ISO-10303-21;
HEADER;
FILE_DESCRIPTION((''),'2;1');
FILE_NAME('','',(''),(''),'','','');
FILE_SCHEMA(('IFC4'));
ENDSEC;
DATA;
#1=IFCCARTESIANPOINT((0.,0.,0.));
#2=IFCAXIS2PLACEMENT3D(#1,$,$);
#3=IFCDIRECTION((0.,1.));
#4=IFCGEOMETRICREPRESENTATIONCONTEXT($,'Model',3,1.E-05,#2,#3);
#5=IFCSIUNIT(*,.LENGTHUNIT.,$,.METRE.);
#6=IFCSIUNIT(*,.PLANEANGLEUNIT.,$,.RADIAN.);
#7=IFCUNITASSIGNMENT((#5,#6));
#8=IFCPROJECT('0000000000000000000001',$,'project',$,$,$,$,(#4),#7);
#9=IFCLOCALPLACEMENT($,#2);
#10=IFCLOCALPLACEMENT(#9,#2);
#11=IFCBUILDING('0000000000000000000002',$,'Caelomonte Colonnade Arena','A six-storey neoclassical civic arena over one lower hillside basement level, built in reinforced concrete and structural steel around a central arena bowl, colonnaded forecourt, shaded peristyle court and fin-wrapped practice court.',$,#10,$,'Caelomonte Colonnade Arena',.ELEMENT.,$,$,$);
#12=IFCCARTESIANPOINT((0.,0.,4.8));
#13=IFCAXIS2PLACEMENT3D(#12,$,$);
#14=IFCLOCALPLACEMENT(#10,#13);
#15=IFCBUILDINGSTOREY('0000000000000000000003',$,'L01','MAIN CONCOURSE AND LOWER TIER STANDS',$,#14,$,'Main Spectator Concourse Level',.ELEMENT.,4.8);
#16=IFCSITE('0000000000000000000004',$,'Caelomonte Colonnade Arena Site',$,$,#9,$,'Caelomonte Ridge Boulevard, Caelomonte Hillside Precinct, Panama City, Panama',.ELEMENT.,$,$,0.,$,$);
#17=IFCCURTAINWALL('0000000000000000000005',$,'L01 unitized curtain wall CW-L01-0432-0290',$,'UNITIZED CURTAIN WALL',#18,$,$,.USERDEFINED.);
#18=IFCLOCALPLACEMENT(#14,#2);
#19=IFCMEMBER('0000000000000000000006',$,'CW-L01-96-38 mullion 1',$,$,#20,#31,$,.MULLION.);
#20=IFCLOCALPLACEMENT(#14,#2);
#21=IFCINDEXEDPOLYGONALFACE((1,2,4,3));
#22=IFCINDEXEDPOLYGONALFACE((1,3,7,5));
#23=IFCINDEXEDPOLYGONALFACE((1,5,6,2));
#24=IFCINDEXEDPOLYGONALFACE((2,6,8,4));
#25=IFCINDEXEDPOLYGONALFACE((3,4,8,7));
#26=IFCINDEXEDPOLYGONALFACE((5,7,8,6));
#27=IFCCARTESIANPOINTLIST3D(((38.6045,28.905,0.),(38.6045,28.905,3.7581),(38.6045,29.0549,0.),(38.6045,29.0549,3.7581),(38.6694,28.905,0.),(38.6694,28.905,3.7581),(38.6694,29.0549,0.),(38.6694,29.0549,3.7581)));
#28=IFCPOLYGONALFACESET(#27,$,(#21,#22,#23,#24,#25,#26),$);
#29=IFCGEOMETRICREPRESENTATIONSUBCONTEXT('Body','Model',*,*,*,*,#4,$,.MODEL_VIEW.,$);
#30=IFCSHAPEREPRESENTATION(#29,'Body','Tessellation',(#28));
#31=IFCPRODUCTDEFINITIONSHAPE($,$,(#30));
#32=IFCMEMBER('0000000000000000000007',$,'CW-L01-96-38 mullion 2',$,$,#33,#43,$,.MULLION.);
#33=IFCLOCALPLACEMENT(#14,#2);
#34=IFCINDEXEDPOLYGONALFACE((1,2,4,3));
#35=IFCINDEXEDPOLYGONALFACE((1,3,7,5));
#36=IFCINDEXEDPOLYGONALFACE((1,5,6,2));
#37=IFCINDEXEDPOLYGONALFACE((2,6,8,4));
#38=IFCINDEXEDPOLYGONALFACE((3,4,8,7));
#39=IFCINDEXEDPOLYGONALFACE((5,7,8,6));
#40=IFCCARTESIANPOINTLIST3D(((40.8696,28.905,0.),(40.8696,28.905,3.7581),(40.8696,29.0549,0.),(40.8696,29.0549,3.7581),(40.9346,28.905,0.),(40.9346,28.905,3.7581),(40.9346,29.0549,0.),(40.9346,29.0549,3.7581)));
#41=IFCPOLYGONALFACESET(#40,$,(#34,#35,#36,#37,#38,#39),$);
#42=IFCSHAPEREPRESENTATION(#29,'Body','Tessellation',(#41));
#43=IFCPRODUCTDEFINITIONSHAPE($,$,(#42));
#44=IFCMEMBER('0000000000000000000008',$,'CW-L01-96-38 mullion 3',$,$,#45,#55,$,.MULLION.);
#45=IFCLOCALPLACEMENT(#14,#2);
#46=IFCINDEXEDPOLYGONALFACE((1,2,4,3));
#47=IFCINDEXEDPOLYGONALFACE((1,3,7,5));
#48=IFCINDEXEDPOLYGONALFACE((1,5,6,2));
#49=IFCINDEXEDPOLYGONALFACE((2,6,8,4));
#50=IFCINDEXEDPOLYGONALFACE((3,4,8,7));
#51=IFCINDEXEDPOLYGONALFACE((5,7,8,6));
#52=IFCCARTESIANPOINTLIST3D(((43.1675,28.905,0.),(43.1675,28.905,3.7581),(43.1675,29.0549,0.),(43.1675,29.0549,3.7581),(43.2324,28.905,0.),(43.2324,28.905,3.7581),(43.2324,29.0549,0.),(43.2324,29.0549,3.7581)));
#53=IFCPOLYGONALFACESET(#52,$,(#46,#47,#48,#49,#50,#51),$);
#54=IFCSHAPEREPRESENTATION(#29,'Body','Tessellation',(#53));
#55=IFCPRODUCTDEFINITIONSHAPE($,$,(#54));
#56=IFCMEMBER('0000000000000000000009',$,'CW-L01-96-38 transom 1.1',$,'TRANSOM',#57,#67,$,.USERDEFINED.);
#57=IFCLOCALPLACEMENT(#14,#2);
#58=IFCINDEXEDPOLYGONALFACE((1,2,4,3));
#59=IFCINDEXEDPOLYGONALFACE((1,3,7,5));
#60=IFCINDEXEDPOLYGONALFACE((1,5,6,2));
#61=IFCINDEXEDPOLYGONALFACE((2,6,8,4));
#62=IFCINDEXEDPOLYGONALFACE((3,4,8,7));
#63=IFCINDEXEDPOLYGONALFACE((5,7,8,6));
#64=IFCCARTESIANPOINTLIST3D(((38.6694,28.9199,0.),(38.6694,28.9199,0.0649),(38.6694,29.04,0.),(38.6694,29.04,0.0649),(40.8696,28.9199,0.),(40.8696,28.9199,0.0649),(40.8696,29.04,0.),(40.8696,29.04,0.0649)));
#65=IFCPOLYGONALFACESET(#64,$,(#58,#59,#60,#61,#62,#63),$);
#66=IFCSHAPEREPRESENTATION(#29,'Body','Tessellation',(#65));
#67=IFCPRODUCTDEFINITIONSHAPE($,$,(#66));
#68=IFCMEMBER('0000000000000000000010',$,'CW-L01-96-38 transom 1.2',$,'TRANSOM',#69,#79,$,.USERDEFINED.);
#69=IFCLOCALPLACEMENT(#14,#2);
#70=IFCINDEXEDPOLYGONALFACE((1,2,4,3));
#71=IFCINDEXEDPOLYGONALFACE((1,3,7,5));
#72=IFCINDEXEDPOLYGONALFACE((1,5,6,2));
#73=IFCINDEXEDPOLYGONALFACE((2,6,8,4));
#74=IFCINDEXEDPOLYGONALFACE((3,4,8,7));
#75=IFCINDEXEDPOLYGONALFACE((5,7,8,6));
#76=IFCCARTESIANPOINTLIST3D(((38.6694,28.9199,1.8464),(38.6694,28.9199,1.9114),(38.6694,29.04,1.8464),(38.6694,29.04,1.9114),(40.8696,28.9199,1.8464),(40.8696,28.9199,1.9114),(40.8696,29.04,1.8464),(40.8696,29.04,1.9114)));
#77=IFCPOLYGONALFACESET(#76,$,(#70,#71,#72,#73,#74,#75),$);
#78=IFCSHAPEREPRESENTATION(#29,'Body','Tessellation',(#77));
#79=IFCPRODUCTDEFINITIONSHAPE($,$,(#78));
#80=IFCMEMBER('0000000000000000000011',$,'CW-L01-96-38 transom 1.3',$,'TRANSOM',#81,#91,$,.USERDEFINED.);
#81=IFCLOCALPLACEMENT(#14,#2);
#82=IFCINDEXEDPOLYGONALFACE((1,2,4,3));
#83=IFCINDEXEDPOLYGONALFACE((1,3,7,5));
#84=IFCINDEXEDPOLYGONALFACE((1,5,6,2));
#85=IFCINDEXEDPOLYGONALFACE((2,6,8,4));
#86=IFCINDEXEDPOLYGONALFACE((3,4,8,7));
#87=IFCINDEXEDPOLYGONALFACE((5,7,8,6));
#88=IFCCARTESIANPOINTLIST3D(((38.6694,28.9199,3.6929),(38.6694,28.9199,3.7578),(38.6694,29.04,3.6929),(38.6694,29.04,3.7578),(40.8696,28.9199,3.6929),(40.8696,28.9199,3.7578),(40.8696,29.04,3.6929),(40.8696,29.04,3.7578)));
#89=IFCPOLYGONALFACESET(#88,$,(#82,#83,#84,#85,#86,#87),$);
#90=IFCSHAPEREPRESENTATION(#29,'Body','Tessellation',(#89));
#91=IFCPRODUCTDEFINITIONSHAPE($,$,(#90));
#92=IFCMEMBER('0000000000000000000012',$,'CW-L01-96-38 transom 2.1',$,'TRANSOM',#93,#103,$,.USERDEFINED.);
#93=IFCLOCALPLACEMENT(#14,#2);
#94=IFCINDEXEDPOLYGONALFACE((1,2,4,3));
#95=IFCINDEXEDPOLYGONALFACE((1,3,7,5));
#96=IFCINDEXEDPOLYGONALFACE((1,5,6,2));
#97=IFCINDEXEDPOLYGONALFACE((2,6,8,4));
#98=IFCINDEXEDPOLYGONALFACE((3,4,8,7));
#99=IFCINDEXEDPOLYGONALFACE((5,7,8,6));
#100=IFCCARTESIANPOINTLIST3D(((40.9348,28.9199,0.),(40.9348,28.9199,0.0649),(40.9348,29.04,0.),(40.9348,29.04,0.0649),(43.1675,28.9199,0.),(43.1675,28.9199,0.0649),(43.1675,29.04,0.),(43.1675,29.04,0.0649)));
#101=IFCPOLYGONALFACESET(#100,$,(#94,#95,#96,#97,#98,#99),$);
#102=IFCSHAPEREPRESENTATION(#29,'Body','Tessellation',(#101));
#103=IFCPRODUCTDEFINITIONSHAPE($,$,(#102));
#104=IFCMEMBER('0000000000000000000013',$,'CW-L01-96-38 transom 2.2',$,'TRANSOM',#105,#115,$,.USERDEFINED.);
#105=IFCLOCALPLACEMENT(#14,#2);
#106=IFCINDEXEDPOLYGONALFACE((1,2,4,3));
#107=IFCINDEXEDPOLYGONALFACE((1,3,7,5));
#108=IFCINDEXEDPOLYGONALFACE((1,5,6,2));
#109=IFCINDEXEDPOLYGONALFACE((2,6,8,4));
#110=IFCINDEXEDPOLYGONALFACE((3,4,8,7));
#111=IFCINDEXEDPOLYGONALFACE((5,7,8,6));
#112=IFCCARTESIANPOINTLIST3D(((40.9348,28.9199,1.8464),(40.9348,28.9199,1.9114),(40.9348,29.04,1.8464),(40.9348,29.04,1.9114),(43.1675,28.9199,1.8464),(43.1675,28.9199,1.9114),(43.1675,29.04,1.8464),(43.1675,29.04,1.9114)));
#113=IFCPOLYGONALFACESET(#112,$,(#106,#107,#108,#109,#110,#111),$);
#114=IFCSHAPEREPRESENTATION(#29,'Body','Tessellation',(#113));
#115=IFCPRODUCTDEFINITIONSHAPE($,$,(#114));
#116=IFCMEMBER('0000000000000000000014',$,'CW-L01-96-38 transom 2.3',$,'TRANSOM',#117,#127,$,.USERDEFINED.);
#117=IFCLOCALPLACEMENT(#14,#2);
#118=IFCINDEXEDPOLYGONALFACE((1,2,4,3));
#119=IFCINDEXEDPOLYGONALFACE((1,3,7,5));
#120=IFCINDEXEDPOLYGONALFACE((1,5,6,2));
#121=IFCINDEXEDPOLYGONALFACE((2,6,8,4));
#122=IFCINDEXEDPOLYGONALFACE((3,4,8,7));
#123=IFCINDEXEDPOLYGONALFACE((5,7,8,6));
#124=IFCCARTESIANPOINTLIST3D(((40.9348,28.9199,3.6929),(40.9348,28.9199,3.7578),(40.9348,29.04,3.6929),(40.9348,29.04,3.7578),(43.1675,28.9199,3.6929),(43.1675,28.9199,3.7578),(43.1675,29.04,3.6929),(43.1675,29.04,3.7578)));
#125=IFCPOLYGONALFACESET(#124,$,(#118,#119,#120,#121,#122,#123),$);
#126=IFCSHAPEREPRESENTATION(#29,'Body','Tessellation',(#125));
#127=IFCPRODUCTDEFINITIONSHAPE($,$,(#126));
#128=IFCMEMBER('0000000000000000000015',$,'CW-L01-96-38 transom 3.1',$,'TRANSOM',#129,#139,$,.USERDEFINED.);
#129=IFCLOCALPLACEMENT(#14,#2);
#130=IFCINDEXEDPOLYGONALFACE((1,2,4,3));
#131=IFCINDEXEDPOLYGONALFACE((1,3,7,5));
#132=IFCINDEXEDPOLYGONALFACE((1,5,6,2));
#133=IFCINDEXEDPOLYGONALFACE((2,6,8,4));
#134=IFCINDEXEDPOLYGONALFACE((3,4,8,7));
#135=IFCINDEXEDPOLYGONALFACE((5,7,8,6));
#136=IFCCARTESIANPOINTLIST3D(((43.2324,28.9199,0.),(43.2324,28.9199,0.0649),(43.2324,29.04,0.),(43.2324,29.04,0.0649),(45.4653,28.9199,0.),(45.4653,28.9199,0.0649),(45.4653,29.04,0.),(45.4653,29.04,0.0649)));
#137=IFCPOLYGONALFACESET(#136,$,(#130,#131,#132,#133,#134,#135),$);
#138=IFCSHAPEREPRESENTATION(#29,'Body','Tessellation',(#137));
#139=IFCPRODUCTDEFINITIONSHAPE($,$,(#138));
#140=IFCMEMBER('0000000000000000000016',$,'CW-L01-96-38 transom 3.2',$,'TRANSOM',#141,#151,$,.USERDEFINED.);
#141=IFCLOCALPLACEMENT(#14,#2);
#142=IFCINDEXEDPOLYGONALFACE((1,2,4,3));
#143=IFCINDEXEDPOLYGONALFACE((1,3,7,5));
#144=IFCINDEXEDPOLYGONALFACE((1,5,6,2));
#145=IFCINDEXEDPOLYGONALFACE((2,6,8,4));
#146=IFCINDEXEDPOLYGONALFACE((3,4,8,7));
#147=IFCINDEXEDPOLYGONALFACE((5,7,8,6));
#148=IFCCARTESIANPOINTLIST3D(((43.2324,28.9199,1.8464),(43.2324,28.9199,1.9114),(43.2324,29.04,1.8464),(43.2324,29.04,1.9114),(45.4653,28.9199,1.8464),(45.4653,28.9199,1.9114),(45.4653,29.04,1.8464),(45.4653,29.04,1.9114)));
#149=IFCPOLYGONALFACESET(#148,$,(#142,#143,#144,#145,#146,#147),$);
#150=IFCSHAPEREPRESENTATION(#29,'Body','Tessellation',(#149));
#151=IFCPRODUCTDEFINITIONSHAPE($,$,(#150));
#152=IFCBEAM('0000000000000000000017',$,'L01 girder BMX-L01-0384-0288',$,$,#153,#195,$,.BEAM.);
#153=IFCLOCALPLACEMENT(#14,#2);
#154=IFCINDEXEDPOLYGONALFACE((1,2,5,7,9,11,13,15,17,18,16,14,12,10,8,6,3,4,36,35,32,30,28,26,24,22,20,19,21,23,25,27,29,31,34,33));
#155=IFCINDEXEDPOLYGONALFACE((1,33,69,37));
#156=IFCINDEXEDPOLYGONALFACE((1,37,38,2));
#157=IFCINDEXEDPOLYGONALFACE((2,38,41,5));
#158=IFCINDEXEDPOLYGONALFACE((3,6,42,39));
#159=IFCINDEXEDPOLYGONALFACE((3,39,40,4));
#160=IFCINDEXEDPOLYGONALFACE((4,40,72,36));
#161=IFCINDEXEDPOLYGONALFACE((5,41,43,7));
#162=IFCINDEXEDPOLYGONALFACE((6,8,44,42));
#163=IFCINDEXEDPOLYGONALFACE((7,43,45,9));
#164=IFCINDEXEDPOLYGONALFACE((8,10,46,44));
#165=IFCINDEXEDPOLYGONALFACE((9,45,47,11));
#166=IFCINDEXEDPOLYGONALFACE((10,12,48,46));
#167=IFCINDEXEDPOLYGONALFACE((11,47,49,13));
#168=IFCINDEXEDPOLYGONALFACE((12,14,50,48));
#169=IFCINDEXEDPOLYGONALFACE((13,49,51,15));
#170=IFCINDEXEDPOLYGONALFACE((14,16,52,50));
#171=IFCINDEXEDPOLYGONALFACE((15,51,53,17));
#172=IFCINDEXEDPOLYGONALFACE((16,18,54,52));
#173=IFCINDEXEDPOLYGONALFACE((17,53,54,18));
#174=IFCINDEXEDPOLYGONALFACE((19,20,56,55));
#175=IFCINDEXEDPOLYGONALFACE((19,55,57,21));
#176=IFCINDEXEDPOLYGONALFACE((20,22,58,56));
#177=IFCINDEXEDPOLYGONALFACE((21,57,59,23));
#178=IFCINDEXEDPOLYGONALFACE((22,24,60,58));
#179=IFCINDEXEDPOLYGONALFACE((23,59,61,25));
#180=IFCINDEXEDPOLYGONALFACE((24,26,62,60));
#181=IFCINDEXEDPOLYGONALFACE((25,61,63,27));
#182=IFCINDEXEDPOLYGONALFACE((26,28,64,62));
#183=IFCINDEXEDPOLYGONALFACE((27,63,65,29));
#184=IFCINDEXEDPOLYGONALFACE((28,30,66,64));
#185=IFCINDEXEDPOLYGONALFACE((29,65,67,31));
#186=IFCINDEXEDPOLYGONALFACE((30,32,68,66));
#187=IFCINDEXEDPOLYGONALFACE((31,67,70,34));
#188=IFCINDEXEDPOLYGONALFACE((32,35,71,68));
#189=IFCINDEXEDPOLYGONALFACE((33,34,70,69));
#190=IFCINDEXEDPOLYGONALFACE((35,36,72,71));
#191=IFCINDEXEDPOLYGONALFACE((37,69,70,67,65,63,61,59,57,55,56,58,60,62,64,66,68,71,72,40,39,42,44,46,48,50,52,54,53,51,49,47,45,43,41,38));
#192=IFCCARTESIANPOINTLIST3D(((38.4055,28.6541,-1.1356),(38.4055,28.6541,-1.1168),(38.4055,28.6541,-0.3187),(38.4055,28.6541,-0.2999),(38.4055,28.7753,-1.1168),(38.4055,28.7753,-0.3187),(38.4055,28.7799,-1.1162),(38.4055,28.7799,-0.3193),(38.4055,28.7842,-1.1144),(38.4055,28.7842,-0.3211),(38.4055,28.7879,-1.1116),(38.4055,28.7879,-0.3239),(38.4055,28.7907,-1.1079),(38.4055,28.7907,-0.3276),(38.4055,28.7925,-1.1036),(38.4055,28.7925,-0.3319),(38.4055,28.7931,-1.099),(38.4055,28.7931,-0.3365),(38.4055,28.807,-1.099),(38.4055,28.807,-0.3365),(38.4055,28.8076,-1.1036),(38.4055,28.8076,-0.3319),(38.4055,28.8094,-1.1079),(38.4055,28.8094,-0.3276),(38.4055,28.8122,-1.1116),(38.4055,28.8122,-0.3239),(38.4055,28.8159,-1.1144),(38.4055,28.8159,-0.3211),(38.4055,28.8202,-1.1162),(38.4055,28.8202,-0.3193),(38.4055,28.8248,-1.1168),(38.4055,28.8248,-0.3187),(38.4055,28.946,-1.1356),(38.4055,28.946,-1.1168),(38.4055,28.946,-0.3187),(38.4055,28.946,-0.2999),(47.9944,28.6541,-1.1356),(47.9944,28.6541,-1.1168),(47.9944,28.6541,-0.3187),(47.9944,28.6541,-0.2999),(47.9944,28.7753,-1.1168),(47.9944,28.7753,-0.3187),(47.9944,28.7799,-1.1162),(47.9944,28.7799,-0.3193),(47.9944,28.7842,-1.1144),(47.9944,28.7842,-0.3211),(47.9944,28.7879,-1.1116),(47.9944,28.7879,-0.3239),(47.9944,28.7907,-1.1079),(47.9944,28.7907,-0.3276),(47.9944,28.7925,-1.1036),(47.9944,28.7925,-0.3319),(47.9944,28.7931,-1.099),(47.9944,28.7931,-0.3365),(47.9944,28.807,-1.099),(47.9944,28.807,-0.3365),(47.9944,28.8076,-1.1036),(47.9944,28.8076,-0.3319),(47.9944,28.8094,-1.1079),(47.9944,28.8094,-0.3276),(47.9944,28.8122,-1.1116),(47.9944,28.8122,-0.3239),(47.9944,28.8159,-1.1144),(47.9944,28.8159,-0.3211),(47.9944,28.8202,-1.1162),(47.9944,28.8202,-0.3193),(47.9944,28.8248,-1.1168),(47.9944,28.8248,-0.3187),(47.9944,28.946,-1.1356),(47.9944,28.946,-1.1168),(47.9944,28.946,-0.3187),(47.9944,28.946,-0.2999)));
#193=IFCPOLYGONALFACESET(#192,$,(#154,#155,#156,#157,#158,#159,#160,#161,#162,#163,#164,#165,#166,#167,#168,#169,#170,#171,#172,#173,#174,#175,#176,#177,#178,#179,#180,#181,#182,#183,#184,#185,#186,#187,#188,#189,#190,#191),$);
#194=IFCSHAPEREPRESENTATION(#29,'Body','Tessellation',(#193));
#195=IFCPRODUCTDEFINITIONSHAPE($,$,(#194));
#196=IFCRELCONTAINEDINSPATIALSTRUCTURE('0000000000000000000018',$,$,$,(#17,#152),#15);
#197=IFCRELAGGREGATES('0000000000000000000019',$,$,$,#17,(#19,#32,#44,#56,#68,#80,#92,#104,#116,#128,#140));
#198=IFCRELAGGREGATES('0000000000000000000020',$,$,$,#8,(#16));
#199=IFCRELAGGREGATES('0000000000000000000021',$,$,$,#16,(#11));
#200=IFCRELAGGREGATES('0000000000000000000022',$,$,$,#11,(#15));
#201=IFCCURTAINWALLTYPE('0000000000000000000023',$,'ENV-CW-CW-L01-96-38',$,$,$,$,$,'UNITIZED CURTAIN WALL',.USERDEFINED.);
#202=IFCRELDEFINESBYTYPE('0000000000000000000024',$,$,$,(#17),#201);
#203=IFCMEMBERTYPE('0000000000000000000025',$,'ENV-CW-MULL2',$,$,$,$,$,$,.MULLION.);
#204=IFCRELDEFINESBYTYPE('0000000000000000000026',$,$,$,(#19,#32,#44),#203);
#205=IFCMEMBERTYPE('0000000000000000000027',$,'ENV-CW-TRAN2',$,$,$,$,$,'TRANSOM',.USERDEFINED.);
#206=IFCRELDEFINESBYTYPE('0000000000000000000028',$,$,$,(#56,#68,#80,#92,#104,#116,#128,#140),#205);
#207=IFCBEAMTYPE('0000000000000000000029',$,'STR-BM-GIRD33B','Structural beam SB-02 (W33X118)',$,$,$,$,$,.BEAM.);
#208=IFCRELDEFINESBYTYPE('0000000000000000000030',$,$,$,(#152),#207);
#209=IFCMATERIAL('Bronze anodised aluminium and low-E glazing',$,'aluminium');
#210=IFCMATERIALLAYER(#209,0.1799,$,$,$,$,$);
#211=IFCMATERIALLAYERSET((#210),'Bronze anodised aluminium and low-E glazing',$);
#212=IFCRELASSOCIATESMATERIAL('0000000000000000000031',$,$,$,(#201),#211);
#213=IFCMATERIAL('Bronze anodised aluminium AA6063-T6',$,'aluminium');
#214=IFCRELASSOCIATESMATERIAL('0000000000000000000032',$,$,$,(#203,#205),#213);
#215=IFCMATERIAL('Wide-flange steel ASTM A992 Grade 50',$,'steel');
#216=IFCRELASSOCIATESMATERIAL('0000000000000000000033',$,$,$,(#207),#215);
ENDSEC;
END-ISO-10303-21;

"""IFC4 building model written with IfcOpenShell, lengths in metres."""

from ifc_helpers import new_model, si_unit, direction, frame, origin, origin_2d, place, context, subcontext, project, spatial, rectangle, i_section, extrude, material, layer, layer_set, material_profile, profile_set, type_object, element, aggregate, save


model = new_model("IFC4")

# Units and contexts
model_context = context("Model", 3, precision=1e-05, world=origin(), true_north=direction((0.0, 1.0)))
body_context = subcontext(model_context, "Body", "Model", "MODEL_VIEW")
ifc_project = project(units=[si_unit("LENGTHUNIT", "METRE"), si_unit("PLANEANGLEUNIT", "RADIAN")], contexts=[model_context])

# Site, building, storey
site_placement = place(None, origin())
site = spatial("IfcSite", under=ifc_project, at=site_placement, Name="Caelomonte Colonnade Arena Site", LongName="Caelomonte Ridge Boulevard, Caelomonte Hillside Precinct, Panama City, Panama", CompositionType="ELEMENT", RefElevation=0.0)
building_placement = place(site_placement, origin())
building = spatial("IfcBuilding", under=site, at=building_placement, Name="Caelomonte Colonnade Arena", Description="A six-storey neoclassical civic arena over one lower hillside basement level, built in reinforced concrete and structural steel around a central arena bowl, colonnaded forecourt, shaded peristyle court and fin-wrapped practice court.", LongName="Caelomonte Colonnade Arena", CompositionType="ELEMENT")
storey_placement = place(building_placement, frame((0.0, 0.0, 4.8)))
storey = spatial("IfcBuildingStorey", under=building, at=storey_placement, Name="L01", Description="MAIN CONCOURSE AND LOWER TIER STANDS", LongName="Main Spectator Concourse Level", CompositionType="ELEMENT", Elevation=4.8)

# Curtain wall, members
ifc_material_1 = material(Name="Bronze anodised aluminium and low-E glazing", Category="aluminium")
ifc_layer_1 = layer(ifc_material_1, 0.1799)
ifc_layer_set_1 = layer_set([ifc_layer_1], Name="Bronze anodised aluminium and low-E glazing")
curtain_wall_type = type_object("IfcCurtainWallType", Name="ENV-CW-CW-L01-96-38", ElementType="UNITIZED CURTAIN WALL", PredefinedType="USERDEFINED", material=ifc_layer_set_1)
curtain_wall_placement = place(storey_placement, origin())
curtain_wall = element("IfcCurtainWall", 1, at=curtain_wall_placement, inside=storey, type_object=curtain_wall_type, Name="L01 unitized curtain wall CW-L01-0432-0290", ObjectType="UNITIZED CURTAIN WALL", PredefinedType="USERDEFINED")
ifc_material_2 = material(Name="Bronze anodised aluminium AA6063-T6", Category="aluminium")
ifc_material_profile_1 = material_profile(ifc_material_2, rectangle(XDim=0.0649, YDim=0.1499, at=origin_2d()), Name="CWM-65X150")
ifc_profile_set_1 = profile_set([ifc_material_profile_1], Name="Bronze anodised aluminium AA6063-T6")
member_type_1 = type_object("IfcMemberType", Name="ENV-CW-MULL2", PredefinedType="MULLION", material=ifc_profile_set_1)
member_1_placement = place(storey_placement, frame((38.637, 28.98, 0.0), z_axis=(0.0, 0.0, 1.0), x_axis=(1.0, 0.0, 0.0)))
member_1 = element("IfcMember", 2, at=member_1_placement, type_object=member_type_1, Name="CW-L01-96-38 mullion 1", PredefinedType="MULLION", context=body_context, shape_type="SweptSolid", body=[
    extrude(rectangle(XDim=0.0649, YDim=0.1499, at=origin_2d()), origin(), (0.0, 0.0, 1.0), 3.7581),
])
member_2_placement = place(storey_placement, frame((40.9021, 28.98, 0.0), z_axis=(0.0, 0.0, 1.0), x_axis=(1.0, 0.0, 0.0)))
member_2 = element("IfcMember", 3, at=member_2_placement, type_object=member_type_1, Name="CW-L01-96-38 mullion 2", PredefinedType="MULLION", context=body_context, shape_type="SweptSolid", body=[
    extrude(rectangle(XDim=0.0649, YDim=0.1499, at=origin_2d()), origin(), (0.0, 0.0, 1.0), 3.7581),
])
member_3_placement = place(storey_placement, frame((43.2, 28.98, 0.0), z_axis=(0.0, 0.0, 1.0), x_axis=(1.0, 0.0, 0.0)))
member_3 = element("IfcMember", 4, at=member_3_placement, type_object=member_type_1, Name="CW-L01-96-38 mullion 3", PredefinedType="MULLION", context=body_context, shape_type="SweptSolid", body=[
    extrude(rectangle(XDim=0.0649, YDim=0.1499, at=origin_2d()), origin(), (0.0, 0.0, 1.0), 3.7581),
])
ifc_material_profile_2 = material_profile(ifc_material_2, rectangle(XDim=0.0649, YDim=0.1201, at=origin_2d()), Name="CWT-65X120")
ifc_profile_set_2 = profile_set([ifc_material_profile_2], Name="Bronze anodised aluminium AA6063-T6")
member_type_2 = type_object("IfcMemberType", Name="ENV-CW-TRAN2", ElementType="TRANSOM", PredefinedType="USERDEFINED", material=ifc_profile_set_2)
member_4_placement = place(storey_placement, frame((38.6694, 28.98, 0.0325), z_axis=(1.0, 0.0, 0.0), x_axis=(0.0, 0.0, 1.0)))
member_4 = element("IfcMember", 5, at=member_4_placement, type_object=member_type_2, Name="CW-L01-96-38 transom 1.1", ObjectType="TRANSOM", PredefinedType="USERDEFINED", context=body_context, shape_type="SweptSolid", body=[
    extrude(rectangle(XDim=0.0649, YDim=0.1201, at=origin_2d()), origin(), (0.0, 0.0, 1.0), 2.2002),
])
member_5_placement = place(storey_placement, frame((38.6694, 28.98, 1.8789), z_axis=(1.0, 0.0, 0.0), x_axis=(0.0, 0.0, 1.0)))
member_5 = element("IfcMember", 6, at=member_5_placement, type_object=member_type_2, Name="CW-L01-96-38 transom 1.2", ObjectType="TRANSOM", PredefinedType="USERDEFINED", context=body_context, shape_type="SweptSolid", body=[
    extrude(rectangle(XDim=0.0649, YDim=0.1201, at=origin_2d()), origin(), (0.0, 0.0, 1.0), 2.2002),
])
member_6_placement = place(storey_placement, frame((38.6694, 28.98, 3.7253), z_axis=(1.0, 0.0, 0.0), x_axis=(0.0, 0.0, 1.0)))
member_6 = element("IfcMember", 7, at=member_6_placement, type_object=member_type_2, Name="CW-L01-96-38 transom 1.3", ObjectType="TRANSOM", PredefinedType="USERDEFINED", context=body_context, shape_type="SweptSolid", body=[
    extrude(rectangle(XDim=0.0649, YDim=0.1201, at=origin_2d()), origin(), (0.0, 0.0, 1.0), 2.2002),
])
member_7_placement = place(storey_placement, frame((40.9348, 28.98, 0.0325), z_axis=(1.0, 0.0, 0.0), x_axis=(0.0, 0.0, 1.0)))
member_7 = element("IfcMember", 8, at=member_7_placement, type_object=member_type_2, Name="CW-L01-96-38 transom 2.1", ObjectType="TRANSOM", PredefinedType="USERDEFINED", context=body_context, shape_type="SweptSolid", body=[
    extrude(rectangle(XDim=0.0649, YDim=0.1201, at=origin_2d()), origin(), (0.0, 0.0, 1.0), 2.2327),
])
member_8_placement = place(storey_placement, frame((40.9348, 28.98, 1.8789), z_axis=(1.0, 0.0, 0.0), x_axis=(0.0, 0.0, 1.0)))
member_8 = element("IfcMember", 9, at=member_8_placement, type_object=member_type_2, Name="CW-L01-96-38 transom 2.2", ObjectType="TRANSOM", PredefinedType="USERDEFINED", context=body_context, shape_type="SweptSolid", body=[
    extrude(rectangle(XDim=0.0649, YDim=0.1201, at=origin_2d()), origin(), (0.0, 0.0, 1.0), 2.2327),
])
member_9_placement = place(storey_placement, frame((40.9348, 28.98, 3.7253), z_axis=(1.0, 0.0, 0.0), x_axis=(0.0, 0.0, 1.0)))
member_9 = element("IfcMember", 10, at=member_9_placement, type_object=member_type_2, Name="CW-L01-96-38 transom 2.3", ObjectType="TRANSOM", PredefinedType="USERDEFINED", context=body_context, shape_type="SweptSolid", body=[
    extrude(rectangle(XDim=0.0649, YDim=0.1201, at=origin_2d()), origin(), (0.0, 0.0, 1.0), 2.2327),
])
member_10_placement = place(storey_placement, frame((43.2324, 28.98, 0.0325), z_axis=(1.0, 0.0, 0.0), x_axis=(0.0, 0.0, 1.0)))
member_10 = element("IfcMember", 11, at=member_10_placement, type_object=member_type_2, Name="CW-L01-96-38 transom 3.1", ObjectType="TRANSOM", PredefinedType="USERDEFINED", context=body_context, shape_type="SweptSolid", body=[
    extrude(rectangle(XDim=0.0649, YDim=0.1201, at=origin_2d()), origin(), (0.0, 0.0, 1.0), 2.2329),
])
member_11_placement = place(storey_placement, frame((43.2324, 28.98, 1.8789), z_axis=(1.0, 0.0, 0.0), x_axis=(0.0, 0.0, 1.0)))
member_11 = element("IfcMember", 12, at=member_11_placement, type_object=member_type_2, Name="CW-L01-96-38 transom 3.2", ObjectType="TRANSOM", PredefinedType="USERDEFINED", context=body_context, shape_type="SweptSolid", body=[
    extrude(rectangle(XDim=0.0649, YDim=0.1201, at=origin_2d()), origin(), (0.0, 0.0, 1.0), 2.2329),
])

# Beam
ifc_material_3 = material(Name="Wide-flange steel ASTM A992 Grade 50", Category="steel")
ifc_material_profile_3 = material_profile(ifc_material_3, i_section(OverallWidth=0.292, OverallDepth=0.8357, WebThickness=0.0139, FlangeThickness=0.0188, FilletRadius=0.0178, at=origin_2d()), Name="W33X118")
ifc_profile_set_3 = profile_set([ifc_material_profile_3], Name="Wide-flange steel ASTM A992 Grade 50")
beam_type = type_object("IfcBeamType", Name="STR-BM-GIRD33B", Description="Structural beam SB-02 (W33X118)", PredefinedType="BEAM", material=ifc_profile_set_3)
beam_placement = place(storey_placement, frame((38.4055, 28.8, -0.7178), z_axis=(1.0, 0.0, 0.0), x_axis=(0.0, 1.0, 0.0)))
element("IfcBeam", 13, at=beam_placement, inside=storey, type_object=beam_type, Name="L01 girder BMX-L01-0384-0288", PredefinedType="BEAM", context=body_context, shape_type="SweptSolid", body=[
    extrude(i_section(OverallWidth=0.292, OverallDepth=0.8357, WebThickness=0.0139, FlangeThickness=0.0188, FilletRadius=0.0178, at=origin_2d()), origin(), (0.0, 0.0, 1.0), 9.5889),
])

aggregate(curtain_wall, [member_1, member_2, member_3, member_4, member_5, member_6, member_7, member_8, member_9, member_10, member_11])

save(model, "model.ifc")
